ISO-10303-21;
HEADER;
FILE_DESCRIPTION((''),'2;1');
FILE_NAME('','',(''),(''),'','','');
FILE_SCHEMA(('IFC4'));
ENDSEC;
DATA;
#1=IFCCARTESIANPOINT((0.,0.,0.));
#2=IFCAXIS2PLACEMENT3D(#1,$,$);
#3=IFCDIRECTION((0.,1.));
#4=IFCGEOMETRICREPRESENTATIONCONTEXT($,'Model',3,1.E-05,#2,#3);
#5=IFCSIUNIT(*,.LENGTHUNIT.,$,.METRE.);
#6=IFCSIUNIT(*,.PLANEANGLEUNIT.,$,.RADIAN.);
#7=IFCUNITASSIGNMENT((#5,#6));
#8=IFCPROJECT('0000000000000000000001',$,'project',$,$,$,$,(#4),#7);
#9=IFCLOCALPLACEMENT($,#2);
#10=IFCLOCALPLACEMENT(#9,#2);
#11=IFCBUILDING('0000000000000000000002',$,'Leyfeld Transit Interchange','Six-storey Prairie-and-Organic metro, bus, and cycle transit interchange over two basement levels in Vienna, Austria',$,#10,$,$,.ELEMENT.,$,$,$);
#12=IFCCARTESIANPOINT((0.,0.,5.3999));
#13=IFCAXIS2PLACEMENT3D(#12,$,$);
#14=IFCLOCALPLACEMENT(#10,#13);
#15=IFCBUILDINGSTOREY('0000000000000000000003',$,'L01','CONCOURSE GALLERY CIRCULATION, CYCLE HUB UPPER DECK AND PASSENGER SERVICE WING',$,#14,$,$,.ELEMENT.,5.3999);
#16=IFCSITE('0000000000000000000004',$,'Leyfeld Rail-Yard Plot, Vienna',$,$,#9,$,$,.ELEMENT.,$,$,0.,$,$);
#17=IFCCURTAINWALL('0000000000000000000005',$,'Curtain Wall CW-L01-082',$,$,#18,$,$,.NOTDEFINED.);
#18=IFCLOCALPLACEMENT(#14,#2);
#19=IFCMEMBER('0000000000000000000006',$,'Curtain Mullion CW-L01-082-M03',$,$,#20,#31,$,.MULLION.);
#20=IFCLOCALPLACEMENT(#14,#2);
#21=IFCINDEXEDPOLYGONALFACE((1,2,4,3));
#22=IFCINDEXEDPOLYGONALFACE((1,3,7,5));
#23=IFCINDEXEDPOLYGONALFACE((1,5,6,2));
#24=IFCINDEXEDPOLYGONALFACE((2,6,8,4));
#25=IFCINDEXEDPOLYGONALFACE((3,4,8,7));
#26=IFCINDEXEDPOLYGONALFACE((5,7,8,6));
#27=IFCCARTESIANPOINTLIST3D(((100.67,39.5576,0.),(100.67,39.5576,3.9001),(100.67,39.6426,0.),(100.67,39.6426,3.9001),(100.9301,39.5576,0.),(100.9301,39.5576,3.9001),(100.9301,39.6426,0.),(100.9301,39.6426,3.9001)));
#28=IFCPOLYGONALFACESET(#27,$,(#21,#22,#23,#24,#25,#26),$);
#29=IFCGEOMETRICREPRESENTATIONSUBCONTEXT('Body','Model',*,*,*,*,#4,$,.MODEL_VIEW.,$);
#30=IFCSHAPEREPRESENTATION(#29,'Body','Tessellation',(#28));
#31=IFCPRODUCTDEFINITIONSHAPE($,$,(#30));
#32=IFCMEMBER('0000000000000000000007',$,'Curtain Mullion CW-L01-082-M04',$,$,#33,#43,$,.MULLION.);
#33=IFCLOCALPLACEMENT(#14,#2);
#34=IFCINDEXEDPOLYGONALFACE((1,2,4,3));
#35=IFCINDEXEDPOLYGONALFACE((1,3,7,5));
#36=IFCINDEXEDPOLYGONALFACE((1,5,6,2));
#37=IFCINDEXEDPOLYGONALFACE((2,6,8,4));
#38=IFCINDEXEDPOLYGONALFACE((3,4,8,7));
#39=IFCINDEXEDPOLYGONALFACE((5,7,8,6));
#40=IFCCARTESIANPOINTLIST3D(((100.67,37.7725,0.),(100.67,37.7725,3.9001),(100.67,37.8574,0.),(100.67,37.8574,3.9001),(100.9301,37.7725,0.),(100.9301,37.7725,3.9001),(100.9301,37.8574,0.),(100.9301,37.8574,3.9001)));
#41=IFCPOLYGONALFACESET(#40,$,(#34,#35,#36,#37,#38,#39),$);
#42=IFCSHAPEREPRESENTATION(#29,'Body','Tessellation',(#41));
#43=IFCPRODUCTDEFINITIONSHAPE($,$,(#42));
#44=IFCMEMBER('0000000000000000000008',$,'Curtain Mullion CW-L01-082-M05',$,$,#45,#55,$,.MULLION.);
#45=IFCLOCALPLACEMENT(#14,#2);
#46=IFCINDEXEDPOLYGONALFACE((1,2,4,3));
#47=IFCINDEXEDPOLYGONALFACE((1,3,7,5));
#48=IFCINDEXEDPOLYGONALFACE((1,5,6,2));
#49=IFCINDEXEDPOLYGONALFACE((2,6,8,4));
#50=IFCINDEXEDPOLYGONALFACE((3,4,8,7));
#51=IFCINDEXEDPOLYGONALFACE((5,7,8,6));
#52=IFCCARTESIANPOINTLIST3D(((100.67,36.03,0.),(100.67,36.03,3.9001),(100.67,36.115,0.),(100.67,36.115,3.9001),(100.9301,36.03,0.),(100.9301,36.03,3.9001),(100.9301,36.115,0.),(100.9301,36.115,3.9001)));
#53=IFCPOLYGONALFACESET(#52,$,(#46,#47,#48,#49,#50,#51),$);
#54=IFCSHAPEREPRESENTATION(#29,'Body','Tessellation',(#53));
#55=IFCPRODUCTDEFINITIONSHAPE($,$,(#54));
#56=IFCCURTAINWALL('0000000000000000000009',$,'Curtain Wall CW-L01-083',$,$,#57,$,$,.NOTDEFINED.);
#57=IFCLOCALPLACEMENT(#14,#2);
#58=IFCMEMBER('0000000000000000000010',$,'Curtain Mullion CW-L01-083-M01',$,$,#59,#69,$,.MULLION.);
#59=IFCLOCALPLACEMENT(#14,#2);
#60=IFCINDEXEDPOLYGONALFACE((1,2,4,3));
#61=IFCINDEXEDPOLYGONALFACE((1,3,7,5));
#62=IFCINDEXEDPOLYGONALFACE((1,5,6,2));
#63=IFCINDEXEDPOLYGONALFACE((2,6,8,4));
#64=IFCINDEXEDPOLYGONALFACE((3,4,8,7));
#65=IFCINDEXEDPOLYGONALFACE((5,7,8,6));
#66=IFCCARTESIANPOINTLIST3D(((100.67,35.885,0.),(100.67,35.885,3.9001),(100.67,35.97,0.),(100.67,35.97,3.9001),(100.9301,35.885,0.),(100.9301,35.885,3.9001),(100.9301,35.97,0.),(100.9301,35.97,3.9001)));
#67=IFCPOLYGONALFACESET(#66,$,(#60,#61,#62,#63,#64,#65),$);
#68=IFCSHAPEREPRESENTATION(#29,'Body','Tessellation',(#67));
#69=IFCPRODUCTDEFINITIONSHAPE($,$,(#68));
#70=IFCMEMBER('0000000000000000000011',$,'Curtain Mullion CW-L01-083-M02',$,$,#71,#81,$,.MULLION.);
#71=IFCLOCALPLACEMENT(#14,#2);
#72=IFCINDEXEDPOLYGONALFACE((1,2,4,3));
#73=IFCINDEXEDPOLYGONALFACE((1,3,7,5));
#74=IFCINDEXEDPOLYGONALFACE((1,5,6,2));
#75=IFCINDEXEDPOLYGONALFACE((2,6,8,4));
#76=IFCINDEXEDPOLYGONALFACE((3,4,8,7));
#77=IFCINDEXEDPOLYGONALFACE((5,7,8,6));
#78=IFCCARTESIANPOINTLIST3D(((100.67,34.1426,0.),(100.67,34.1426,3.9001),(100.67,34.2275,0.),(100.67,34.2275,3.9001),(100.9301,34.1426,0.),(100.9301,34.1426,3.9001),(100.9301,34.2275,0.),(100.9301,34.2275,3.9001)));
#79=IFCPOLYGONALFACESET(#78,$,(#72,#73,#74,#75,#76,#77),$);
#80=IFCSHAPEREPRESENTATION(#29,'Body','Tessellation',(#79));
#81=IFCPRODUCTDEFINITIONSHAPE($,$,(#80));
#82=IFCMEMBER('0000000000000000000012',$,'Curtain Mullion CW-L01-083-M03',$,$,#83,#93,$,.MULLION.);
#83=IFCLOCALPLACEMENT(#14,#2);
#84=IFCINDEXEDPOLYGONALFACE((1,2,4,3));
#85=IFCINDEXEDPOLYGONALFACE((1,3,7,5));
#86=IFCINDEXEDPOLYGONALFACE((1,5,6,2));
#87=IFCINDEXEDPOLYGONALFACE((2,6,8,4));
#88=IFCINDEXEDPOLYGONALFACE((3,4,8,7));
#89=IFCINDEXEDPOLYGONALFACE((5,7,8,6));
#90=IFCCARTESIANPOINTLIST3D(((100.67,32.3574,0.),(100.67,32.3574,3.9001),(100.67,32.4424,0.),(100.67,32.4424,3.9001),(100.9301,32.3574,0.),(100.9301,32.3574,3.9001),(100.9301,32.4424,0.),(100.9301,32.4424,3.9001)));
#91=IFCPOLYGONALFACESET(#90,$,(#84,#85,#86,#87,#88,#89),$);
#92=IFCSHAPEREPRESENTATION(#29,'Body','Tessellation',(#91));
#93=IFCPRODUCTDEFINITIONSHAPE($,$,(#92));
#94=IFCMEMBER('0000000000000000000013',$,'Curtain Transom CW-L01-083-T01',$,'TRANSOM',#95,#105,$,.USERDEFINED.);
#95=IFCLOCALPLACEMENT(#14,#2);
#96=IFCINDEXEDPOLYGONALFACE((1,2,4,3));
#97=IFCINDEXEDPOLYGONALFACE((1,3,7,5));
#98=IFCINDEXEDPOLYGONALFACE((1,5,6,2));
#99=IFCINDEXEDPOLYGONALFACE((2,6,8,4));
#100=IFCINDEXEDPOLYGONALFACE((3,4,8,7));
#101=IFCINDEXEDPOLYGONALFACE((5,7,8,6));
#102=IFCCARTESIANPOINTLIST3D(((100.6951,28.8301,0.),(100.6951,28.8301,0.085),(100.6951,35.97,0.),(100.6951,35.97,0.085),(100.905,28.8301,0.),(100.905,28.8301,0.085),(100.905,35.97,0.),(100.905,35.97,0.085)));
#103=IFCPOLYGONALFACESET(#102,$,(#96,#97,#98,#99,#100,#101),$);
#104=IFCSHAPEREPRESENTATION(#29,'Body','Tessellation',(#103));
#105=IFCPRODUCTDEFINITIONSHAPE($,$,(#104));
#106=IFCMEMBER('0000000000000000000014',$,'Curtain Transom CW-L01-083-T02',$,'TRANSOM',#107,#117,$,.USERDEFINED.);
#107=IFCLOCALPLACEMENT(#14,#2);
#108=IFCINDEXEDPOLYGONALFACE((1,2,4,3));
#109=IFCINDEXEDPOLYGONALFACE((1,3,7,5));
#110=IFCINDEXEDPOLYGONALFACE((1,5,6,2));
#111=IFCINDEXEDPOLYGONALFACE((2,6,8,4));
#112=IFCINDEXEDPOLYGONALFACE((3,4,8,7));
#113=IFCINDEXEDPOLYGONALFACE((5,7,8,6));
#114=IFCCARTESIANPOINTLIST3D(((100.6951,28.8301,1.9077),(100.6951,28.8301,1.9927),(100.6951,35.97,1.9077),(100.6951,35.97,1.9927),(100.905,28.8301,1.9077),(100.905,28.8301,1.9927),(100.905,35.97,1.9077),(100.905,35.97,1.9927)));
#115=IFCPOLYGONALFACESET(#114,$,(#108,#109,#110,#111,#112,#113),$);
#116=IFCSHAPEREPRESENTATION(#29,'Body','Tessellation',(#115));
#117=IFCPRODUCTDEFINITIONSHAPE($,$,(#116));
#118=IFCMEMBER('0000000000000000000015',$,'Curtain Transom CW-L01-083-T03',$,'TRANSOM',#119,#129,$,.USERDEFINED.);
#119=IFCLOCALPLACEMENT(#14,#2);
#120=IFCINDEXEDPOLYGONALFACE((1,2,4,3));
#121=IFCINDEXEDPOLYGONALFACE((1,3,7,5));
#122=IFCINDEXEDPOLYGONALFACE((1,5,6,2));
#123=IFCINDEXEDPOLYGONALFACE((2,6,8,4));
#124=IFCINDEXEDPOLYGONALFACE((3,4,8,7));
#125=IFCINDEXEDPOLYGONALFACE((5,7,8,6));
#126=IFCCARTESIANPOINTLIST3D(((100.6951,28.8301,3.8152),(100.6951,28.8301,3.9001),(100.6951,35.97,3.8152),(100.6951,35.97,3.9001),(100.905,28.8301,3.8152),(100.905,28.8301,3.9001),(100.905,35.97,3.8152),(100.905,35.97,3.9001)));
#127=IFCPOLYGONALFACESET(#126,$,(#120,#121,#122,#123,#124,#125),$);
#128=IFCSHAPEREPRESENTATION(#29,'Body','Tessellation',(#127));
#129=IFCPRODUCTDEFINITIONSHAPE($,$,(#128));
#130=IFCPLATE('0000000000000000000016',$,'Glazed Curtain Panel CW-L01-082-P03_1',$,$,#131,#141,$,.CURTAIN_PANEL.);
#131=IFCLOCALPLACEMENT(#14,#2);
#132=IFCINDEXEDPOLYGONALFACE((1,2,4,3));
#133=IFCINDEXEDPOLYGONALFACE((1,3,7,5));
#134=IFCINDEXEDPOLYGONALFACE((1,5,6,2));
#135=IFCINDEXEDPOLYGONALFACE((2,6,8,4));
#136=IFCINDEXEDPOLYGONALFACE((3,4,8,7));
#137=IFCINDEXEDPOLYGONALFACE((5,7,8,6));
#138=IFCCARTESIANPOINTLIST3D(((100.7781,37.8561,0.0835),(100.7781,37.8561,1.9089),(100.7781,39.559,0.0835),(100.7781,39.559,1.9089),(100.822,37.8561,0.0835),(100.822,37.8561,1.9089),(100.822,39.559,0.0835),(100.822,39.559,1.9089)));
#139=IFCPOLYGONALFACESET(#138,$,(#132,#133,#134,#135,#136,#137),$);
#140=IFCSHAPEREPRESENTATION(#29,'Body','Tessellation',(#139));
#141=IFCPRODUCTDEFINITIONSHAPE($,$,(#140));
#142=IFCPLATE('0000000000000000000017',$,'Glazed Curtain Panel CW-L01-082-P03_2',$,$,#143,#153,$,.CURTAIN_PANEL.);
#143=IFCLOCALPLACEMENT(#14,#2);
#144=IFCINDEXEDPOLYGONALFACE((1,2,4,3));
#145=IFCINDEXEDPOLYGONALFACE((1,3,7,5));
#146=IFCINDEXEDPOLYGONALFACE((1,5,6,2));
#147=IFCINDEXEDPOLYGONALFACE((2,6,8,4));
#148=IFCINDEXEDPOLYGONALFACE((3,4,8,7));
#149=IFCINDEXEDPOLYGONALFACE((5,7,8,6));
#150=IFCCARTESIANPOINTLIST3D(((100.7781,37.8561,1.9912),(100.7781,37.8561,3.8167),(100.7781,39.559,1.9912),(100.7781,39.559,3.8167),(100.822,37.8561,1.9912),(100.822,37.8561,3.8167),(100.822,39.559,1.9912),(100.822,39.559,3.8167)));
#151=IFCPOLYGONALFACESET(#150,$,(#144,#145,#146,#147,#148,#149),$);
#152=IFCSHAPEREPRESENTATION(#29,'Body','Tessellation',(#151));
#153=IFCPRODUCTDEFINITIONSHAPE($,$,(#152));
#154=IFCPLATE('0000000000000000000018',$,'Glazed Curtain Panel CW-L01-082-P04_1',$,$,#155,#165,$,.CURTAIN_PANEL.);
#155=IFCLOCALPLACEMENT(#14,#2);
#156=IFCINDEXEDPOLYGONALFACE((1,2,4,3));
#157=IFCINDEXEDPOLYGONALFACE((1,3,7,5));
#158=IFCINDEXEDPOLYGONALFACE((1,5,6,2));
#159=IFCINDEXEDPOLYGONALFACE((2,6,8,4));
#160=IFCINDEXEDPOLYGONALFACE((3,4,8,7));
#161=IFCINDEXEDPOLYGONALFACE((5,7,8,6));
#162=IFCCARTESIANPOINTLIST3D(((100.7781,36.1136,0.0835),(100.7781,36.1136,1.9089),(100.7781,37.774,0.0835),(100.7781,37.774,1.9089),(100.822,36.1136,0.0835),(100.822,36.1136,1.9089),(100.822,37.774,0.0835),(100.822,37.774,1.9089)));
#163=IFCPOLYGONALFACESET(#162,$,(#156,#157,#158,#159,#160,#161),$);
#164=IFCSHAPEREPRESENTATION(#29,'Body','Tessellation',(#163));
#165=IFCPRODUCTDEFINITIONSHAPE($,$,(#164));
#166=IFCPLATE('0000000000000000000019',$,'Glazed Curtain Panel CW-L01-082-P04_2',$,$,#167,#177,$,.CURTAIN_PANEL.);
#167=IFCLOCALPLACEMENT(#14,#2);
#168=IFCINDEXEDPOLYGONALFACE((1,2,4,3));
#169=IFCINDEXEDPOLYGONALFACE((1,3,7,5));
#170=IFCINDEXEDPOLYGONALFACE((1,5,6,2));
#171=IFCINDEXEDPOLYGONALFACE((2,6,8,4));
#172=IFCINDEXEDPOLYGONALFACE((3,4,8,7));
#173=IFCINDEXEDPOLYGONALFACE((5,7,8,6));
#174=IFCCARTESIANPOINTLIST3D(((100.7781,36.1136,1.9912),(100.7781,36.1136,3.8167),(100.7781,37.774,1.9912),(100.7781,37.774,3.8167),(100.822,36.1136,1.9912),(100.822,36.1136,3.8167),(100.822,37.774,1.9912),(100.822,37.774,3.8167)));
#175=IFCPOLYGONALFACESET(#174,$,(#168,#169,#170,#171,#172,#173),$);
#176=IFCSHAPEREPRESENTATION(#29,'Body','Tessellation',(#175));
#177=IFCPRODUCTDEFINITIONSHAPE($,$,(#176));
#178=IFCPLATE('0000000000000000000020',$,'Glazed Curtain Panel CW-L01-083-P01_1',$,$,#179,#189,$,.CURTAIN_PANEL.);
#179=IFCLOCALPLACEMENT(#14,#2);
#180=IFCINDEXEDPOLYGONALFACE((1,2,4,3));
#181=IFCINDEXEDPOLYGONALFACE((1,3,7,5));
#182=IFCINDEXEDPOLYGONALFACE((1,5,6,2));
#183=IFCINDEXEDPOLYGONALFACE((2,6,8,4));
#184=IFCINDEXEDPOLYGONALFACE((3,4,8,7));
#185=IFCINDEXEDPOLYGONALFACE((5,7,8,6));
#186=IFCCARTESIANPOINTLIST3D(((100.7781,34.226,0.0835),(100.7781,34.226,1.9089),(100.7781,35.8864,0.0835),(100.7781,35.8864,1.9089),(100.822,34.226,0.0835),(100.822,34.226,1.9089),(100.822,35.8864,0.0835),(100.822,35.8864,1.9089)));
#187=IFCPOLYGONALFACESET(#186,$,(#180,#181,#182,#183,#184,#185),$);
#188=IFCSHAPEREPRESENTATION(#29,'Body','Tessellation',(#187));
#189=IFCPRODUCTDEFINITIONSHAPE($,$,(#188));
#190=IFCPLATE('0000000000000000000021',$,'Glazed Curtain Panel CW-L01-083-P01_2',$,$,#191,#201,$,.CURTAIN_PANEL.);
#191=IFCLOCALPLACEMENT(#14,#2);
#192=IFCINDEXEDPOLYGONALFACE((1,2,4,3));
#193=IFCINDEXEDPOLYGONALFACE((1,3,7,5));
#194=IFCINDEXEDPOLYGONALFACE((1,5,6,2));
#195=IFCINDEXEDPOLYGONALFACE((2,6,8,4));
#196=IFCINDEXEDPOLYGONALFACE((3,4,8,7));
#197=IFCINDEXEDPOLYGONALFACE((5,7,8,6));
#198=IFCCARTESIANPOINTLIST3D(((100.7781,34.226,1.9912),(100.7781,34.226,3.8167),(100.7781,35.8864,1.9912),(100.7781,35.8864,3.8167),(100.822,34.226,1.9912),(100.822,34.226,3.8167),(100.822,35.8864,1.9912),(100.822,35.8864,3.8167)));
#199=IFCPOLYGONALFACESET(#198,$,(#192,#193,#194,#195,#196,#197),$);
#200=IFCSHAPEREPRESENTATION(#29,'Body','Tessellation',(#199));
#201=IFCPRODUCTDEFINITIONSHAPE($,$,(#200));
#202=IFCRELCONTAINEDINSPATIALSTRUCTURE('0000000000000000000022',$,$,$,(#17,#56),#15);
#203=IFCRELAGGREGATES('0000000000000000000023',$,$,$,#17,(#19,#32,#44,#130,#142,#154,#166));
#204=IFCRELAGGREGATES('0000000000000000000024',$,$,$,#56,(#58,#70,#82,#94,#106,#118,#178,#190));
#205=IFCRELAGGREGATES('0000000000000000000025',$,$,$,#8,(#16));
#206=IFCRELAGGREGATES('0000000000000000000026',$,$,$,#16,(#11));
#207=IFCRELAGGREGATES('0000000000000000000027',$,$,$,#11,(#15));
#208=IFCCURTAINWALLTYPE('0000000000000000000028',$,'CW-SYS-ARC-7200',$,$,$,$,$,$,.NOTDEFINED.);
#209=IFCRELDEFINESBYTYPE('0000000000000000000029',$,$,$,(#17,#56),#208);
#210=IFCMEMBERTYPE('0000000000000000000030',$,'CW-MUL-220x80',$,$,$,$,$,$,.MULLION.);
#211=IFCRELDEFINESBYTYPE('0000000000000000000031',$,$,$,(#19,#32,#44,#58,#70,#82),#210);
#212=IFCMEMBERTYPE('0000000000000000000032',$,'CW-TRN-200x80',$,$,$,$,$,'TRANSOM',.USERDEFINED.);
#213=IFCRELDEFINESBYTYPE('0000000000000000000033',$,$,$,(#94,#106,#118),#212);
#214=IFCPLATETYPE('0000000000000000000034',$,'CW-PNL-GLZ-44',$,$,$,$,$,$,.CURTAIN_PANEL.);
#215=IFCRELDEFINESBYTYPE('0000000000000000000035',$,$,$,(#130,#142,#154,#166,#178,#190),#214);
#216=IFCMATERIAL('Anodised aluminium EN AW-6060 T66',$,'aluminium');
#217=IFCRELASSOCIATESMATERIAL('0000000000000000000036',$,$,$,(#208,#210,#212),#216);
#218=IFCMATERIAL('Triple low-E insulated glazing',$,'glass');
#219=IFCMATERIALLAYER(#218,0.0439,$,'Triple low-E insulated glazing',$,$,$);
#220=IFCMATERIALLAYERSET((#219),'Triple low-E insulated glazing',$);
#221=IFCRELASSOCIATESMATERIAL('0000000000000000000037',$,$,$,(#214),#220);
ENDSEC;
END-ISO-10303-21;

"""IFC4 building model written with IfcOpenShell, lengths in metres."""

from ifc_helpers import new_model, si_unit, direction, frame, origin, origin_2d, place, context, subcontext, project, spatial, rectangle, extrude, material, layer, layer_set, material_profile, profile_set, type_object, element, aggregate, save


model = new_model("IFC4")

# Units and contexts
model_context = context("Model", 3, precision=1e-05, world=origin(), true_north=direction((0.0, 1.0)))
body_context = subcontext(model_context, "Body", "Model", "MODEL_VIEW")
ifc_project = project(units=[si_unit("LENGTHUNIT", "METRE"), si_unit("PLANEANGLEUNIT", "RADIAN")], contexts=[model_context])

# Site, building, storey
site_placement = place(None, origin())
site = spatial("IfcSite", under=ifc_project, at=site_placement, Name="Leyfeld Rail-Yard Plot, Vienna", CompositionType="ELEMENT", RefElevation=0.0)
building_placement = place(site_placement, origin())
building = spatial("IfcBuilding", under=site, at=building_placement, Name="Leyfeld Transit Interchange", Description="Six-storey Prairie-and-Organic metro, bus, and cycle transit interchange over two basement levels in Vienna, Austria", CompositionType="ELEMENT")
storey_placement = place(building_placement, frame((0.0, 0.0, 5.3999)))
storey = spatial("IfcBuildingStorey", under=building, at=storey_placement, Name="L01", Description="CONCOURSE GALLERY CIRCULATION, CYCLE HUB UPPER DECK AND PASSENGER SERVICE WING", CompositionType="ELEMENT", Elevation=5.3999)

# Curtain walls, members
ifc_material_1 = material(Name="Anodised aluminium EN AW-6060 T66", Category="aluminium")
curtain_wall_type = type_object("IfcCurtainWallType", Name="CW-SYS-ARC-7200", PredefinedType="NOTDEFINED", material=ifc_material_1)
curtain_wall_1_placement = place(storey_placement, origin())
curtain_wall_1 = element("IfcCurtainWall", 1, at=curtain_wall_1_placement, inside=storey, type_object=curtain_wall_type, Name="Curtain Wall CW-L01-082", PredefinedType="NOTDEFINED")
ifc_material_profile_1 = material_profile(ifc_material_1, rectangle(XDim=0.085, YDim=0.26, at=origin_2d()), Name="CW-M 85x260")
ifc_profile_set_1 = profile_set([ifc_material_profile_1], Name="Anodised aluminium EN AW-6060 T66")
member_type_1 = type_object("IfcMemberType", Name="CW-MUL-220x80", PredefinedType="MULLION", material=ifc_profile_set_1)
member_1_placement = place(storey_placement, frame((100.8, 39.6001, 0.0), z_axis=(0.0, 0.0, 1.0), x_axis=(0.0, -1.0, 0.0)))
member_1 = element("IfcMember", 2, at=member_1_placement, type_object=member_type_1, Name="Curtain Mullion CW-L01-082-M03", PredefinedType="MULLION", context=body_context, shape_type="SweptSolid", body=[
    extrude(rectangle(XDim=0.085, YDim=0.26, at=origin_2d()), origin(), (0.0, 0.0, 1.0), 3.9001),
])
member_2_placement = place(storey_placement, frame((100.8, 37.8149, 0.0), z_axis=(0.0, 0.0, 1.0), x_axis=(0.0, -1.0, 0.0)))
member_2 = element("IfcMember", 3, at=member_2_placement, type_object=member_type_1, Name="Curtain Mullion CW-L01-082-M04", PredefinedType="MULLION", context=body_context, shape_type="SweptSolid", body=[
    extrude(rectangle(XDim=0.085, YDim=0.26, at=origin_2d()), origin(), (0.0, 0.0, 1.0), 3.9001),
])
member_3_placement = place(storey_placement, frame((100.8, 36.0725, 0.0), z_axis=(0.0, 0.0, 1.0), x_axis=(0.0, -1.0, 0.0)))
member_3 = element("IfcMember", 4, at=member_3_placement, type_object=member_type_1, Name="Curtain Mullion CW-L01-082-M05", PredefinedType="MULLION", context=body_context, shape_type="SweptSolid", body=[
    extrude(rectangle(XDim=0.085, YDim=0.26, at=origin_2d()), origin(), (0.0, 0.0, 1.0), 3.9001),
])
curtain_wall_2_placement = place(storey_placement, origin())
curtain_wall_2 = element("IfcCurtainWall", 5, at=curtain_wall_2_placement, inside=storey, type_object=curtain_wall_type, Name="Curtain Wall CW-L01-083", PredefinedType="NOTDEFINED")
member_4_placement = place(storey_placement, frame((100.8, 35.9275, 0.0), z_axis=(0.0, 0.0, 1.0), x_axis=(0.0, -1.0, 0.0)))
member_4 = element("IfcMember", 6, at=member_4_placement, type_object=member_type_1, Name="Curtain Mullion CW-L01-083-M01", PredefinedType="MULLION", context=body_context, shape_type="SweptSolid", body=[
    extrude(rectangle(XDim=0.085, YDim=0.26, at=origin_2d()), origin(), (0.0, 0.0, 1.0), 3.9001),
])
member_5_placement = place(storey_placement, frame((100.8, 34.1851, 0.0), z_axis=(0.0, 0.0, 1.0), x_axis=(0.0, -1.0, 0.0)))
member_5 = element("IfcMember", 7, at=member_5_placement, type_object=member_type_1, Name="Curtain Mullion CW-L01-083-M02", PredefinedType="MULLION", context=body_context, shape_type="SweptSolid", body=[
    extrude(rectangle(XDim=0.085, YDim=0.26, at=origin_2d()), origin(), (0.0, 0.0, 1.0), 3.9001),
])
member_6_placement = place(storey_placement, frame((100.8, 32.3999, 0.0), z_axis=(0.0, 0.0, 1.0), x_axis=(0.0, -1.0, 0.0)))
member_6 = element("IfcMember", 8, at=member_6_placement, type_object=member_type_1, Name="Curtain Mullion CW-L01-083-M03", PredefinedType="MULLION", context=body_context, shape_type="SweptSolid", body=[
    extrude(rectangle(XDim=0.085, YDim=0.26, at=origin_2d()), origin(), (0.0, 0.0, 1.0), 3.9001),
])
ifc_material_profile_2 = material_profile(ifc_material_1, rectangle(XDim=0.21, YDim=0.085, at=origin_2d()), Name="CW-TRN-200x80")
ifc_profile_set_2 = profile_set([ifc_material_profile_2], Name="Anodised aluminium EN AW-6060 T66")
member_type_2 = type_object("IfcMemberType", Name="CW-TRN-200x80", ElementType="TRANSOM", PredefinedType="USERDEFINED", material=ifc_profile_set_2)
member_7_placement = place(storey_placement, frame((100.8, 35.97, 0.0425), z_axis=(0.0, -1.0, 0.0), x_axis=(1.0, 0.0, 0.0)))
member_7 = element("IfcMember", 9, at=member_7_placement, type_object=member_type_2, Name="Curtain Transom CW-L01-083-T01", ObjectType="TRANSOM", PredefinedType="USERDEFINED", context=body_context, shape_type="SweptSolid", body=[
    extrude(rectangle(XDim=0.21, YDim=0.085, at=origin_2d()), origin(), (0.0, 0.0, 1.0), 7.1399),
])
member_8_placement = place(storey_placement, frame((100.8, 35.97, 1.9502), z_axis=(0.0, -1.0, 0.0), x_axis=(1.0, 0.0, 0.0)))
member_8 = element("IfcMember", 10, at=member_8_placement, type_object=member_type_2, Name="Curtain Transom CW-L01-083-T02", ObjectType="TRANSOM", PredefinedType="USERDEFINED", context=body_context, shape_type="SweptSolid", body=[
    extrude(rectangle(XDim=0.21, YDim=0.085, at=origin_2d()), origin(), (0.0, 0.0, 1.0), 7.1399),
])
member_9_placement = place(storey_placement, frame((100.8, 35.97, 3.8577), z_axis=(0.0, -1.0, 0.0), x_axis=(1.0, 0.0, 0.0)))
member_9 = element("IfcMember", 11, at=member_9_placement, type_object=member_type_2, Name="Curtain Transom CW-L01-083-T03", ObjectType="TRANSOM", PredefinedType="USERDEFINED", context=body_context, shape_type="SweptSolid", body=[
    extrude(rectangle(XDim=0.21, YDim=0.085, at=origin_2d()), origin(), (0.0, 0.0, 1.0), 7.1399),
])

# Plates
ifc_material_2 = material(Name="Triple low-E insulated glazing", Category="glass")
ifc_layer = layer(ifc_material_2, 0.0439, Name="Triple low-E insulated glazing")
ifc_layer_set = layer_set([ifc_layer], Name="Triple low-E insulated glazing")
plate_type = type_object("IfcPlateType", Name="CW-PNL-GLZ-44", PredefinedType="CURTAIN_PANEL", material=ifc_layer_set)
plate_1_placement = place(storey_placement, frame((100.8, 38.7075, 0.0835), z_axis=(0.0, 0.0, 1.0), x_axis=(0.0, -1.0, 0.0)))
plate_1 = element("IfcPlate", 12, at=plate_1_placement, type_object=plate_type, Name="Glazed Curtain Panel CW-L01-082-P03_1", PredefinedType="CURTAIN_PANEL", context=body_context, shape_type="SweptSolid", body=[
    extrude(rectangle(XDim=1.7029, YDim=0.0439, at=origin_2d()), origin(), (0.0, 0.0, 1.0), 1.8254),
])
plate_2_placement = place(storey_placement, frame((100.8, 38.7075, 1.9912), z_axis=(0.0, 0.0, 1.0), x_axis=(0.0, -1.0, 0.0)))
plate_2 = element("IfcPlate", 13, at=plate_2_placement, type_object=plate_type, Name="Glazed Curtain Panel CW-L01-082-P03_2", PredefinedType="CURTAIN_PANEL", context=body_context, shape_type="SweptSolid", body=[
    extrude(rectangle(XDim=1.7029, YDim=0.0439, at=origin_2d()), origin(), (0.0, 0.0, 1.0), 1.8254),
])
plate_3_placement = place(storey_placement, frame((100.8, 36.9438, 0.0835), z_axis=(0.0, 0.0, 1.0), x_axis=(0.0, -1.0, 0.0)))
plate_3 = element("IfcPlate", 14, at=plate_3_placement, type_object=plate_type, Name="Glazed Curtain Panel CW-L01-082-P04_1", PredefinedType="CURTAIN_PANEL", context=body_context, shape_type="SweptSolid", body=[
    extrude(rectangle(XDim=1.6604, YDim=0.0439, at=origin_2d()), origin(), (0.0, 0.0, 1.0), 1.8254),
])
plate_4_placement = place(storey_placement, frame((100.8, 36.9438, 1.9912), z_axis=(0.0, 0.0, 1.0), x_axis=(0.0, -1.0, 0.0)))
plate_4 = element("IfcPlate", 15, at=plate_4_placement, type_object=plate_type, Name="Glazed Curtain Panel CW-L01-082-P04_2", PredefinedType="CURTAIN_PANEL", context=body_context, shape_type="SweptSolid", body=[
    extrude(rectangle(XDim=1.6604, YDim=0.0439, at=origin_2d()), origin(), (0.0, 0.0, 1.0), 1.8254),
])
aggregate(curtain_wall_1, [member_1, member_2, member_3, plate_1, plate_2, plate_3, plate_4])
plate_5_placement = place(storey_placement, frame((100.8, 35.0562, 0.0835), z_axis=(0.0, 0.0, 1.0), x_axis=(0.0, -1.0, 0.0)))
plate_5 = element("IfcPlate", 16, at=plate_5_placement, type_object=plate_type, Name="Glazed Curtain Panel CW-L01-083-P01_1", PredefinedType="CURTAIN_PANEL", context=body_context, shape_type="SweptSolid", body=[
    extrude(rectangle(XDim=1.6604, YDim=0.0439, at=origin_2d()), origin(), (0.0, 0.0, 1.0), 1.8254),
])
plate_6_placement = place(storey_placement, frame((100.8, 35.0562, 1.9912), z_axis=(0.0, 0.0, 1.0), x_axis=(0.0, -1.0, 0.0)))
plate_6 = element("IfcPlate", 17, at=plate_6_placement, type_object=plate_type, Name="Glazed Curtain Panel CW-L01-083-P01_2", PredefinedType="CURTAIN_PANEL", context=body_context, shape_type="SweptSolid", body=[
    extrude(rectangle(XDim=1.6604, YDim=0.0439, at=origin_2d()), origin(), (0.0, 0.0, 1.0), 1.8254),
])
aggregate(curtain_wall_2, [member_4, member_5, member_6, member_7, member_8, member_9, plate_5, plate_6])

save(model, "model.ifc")
